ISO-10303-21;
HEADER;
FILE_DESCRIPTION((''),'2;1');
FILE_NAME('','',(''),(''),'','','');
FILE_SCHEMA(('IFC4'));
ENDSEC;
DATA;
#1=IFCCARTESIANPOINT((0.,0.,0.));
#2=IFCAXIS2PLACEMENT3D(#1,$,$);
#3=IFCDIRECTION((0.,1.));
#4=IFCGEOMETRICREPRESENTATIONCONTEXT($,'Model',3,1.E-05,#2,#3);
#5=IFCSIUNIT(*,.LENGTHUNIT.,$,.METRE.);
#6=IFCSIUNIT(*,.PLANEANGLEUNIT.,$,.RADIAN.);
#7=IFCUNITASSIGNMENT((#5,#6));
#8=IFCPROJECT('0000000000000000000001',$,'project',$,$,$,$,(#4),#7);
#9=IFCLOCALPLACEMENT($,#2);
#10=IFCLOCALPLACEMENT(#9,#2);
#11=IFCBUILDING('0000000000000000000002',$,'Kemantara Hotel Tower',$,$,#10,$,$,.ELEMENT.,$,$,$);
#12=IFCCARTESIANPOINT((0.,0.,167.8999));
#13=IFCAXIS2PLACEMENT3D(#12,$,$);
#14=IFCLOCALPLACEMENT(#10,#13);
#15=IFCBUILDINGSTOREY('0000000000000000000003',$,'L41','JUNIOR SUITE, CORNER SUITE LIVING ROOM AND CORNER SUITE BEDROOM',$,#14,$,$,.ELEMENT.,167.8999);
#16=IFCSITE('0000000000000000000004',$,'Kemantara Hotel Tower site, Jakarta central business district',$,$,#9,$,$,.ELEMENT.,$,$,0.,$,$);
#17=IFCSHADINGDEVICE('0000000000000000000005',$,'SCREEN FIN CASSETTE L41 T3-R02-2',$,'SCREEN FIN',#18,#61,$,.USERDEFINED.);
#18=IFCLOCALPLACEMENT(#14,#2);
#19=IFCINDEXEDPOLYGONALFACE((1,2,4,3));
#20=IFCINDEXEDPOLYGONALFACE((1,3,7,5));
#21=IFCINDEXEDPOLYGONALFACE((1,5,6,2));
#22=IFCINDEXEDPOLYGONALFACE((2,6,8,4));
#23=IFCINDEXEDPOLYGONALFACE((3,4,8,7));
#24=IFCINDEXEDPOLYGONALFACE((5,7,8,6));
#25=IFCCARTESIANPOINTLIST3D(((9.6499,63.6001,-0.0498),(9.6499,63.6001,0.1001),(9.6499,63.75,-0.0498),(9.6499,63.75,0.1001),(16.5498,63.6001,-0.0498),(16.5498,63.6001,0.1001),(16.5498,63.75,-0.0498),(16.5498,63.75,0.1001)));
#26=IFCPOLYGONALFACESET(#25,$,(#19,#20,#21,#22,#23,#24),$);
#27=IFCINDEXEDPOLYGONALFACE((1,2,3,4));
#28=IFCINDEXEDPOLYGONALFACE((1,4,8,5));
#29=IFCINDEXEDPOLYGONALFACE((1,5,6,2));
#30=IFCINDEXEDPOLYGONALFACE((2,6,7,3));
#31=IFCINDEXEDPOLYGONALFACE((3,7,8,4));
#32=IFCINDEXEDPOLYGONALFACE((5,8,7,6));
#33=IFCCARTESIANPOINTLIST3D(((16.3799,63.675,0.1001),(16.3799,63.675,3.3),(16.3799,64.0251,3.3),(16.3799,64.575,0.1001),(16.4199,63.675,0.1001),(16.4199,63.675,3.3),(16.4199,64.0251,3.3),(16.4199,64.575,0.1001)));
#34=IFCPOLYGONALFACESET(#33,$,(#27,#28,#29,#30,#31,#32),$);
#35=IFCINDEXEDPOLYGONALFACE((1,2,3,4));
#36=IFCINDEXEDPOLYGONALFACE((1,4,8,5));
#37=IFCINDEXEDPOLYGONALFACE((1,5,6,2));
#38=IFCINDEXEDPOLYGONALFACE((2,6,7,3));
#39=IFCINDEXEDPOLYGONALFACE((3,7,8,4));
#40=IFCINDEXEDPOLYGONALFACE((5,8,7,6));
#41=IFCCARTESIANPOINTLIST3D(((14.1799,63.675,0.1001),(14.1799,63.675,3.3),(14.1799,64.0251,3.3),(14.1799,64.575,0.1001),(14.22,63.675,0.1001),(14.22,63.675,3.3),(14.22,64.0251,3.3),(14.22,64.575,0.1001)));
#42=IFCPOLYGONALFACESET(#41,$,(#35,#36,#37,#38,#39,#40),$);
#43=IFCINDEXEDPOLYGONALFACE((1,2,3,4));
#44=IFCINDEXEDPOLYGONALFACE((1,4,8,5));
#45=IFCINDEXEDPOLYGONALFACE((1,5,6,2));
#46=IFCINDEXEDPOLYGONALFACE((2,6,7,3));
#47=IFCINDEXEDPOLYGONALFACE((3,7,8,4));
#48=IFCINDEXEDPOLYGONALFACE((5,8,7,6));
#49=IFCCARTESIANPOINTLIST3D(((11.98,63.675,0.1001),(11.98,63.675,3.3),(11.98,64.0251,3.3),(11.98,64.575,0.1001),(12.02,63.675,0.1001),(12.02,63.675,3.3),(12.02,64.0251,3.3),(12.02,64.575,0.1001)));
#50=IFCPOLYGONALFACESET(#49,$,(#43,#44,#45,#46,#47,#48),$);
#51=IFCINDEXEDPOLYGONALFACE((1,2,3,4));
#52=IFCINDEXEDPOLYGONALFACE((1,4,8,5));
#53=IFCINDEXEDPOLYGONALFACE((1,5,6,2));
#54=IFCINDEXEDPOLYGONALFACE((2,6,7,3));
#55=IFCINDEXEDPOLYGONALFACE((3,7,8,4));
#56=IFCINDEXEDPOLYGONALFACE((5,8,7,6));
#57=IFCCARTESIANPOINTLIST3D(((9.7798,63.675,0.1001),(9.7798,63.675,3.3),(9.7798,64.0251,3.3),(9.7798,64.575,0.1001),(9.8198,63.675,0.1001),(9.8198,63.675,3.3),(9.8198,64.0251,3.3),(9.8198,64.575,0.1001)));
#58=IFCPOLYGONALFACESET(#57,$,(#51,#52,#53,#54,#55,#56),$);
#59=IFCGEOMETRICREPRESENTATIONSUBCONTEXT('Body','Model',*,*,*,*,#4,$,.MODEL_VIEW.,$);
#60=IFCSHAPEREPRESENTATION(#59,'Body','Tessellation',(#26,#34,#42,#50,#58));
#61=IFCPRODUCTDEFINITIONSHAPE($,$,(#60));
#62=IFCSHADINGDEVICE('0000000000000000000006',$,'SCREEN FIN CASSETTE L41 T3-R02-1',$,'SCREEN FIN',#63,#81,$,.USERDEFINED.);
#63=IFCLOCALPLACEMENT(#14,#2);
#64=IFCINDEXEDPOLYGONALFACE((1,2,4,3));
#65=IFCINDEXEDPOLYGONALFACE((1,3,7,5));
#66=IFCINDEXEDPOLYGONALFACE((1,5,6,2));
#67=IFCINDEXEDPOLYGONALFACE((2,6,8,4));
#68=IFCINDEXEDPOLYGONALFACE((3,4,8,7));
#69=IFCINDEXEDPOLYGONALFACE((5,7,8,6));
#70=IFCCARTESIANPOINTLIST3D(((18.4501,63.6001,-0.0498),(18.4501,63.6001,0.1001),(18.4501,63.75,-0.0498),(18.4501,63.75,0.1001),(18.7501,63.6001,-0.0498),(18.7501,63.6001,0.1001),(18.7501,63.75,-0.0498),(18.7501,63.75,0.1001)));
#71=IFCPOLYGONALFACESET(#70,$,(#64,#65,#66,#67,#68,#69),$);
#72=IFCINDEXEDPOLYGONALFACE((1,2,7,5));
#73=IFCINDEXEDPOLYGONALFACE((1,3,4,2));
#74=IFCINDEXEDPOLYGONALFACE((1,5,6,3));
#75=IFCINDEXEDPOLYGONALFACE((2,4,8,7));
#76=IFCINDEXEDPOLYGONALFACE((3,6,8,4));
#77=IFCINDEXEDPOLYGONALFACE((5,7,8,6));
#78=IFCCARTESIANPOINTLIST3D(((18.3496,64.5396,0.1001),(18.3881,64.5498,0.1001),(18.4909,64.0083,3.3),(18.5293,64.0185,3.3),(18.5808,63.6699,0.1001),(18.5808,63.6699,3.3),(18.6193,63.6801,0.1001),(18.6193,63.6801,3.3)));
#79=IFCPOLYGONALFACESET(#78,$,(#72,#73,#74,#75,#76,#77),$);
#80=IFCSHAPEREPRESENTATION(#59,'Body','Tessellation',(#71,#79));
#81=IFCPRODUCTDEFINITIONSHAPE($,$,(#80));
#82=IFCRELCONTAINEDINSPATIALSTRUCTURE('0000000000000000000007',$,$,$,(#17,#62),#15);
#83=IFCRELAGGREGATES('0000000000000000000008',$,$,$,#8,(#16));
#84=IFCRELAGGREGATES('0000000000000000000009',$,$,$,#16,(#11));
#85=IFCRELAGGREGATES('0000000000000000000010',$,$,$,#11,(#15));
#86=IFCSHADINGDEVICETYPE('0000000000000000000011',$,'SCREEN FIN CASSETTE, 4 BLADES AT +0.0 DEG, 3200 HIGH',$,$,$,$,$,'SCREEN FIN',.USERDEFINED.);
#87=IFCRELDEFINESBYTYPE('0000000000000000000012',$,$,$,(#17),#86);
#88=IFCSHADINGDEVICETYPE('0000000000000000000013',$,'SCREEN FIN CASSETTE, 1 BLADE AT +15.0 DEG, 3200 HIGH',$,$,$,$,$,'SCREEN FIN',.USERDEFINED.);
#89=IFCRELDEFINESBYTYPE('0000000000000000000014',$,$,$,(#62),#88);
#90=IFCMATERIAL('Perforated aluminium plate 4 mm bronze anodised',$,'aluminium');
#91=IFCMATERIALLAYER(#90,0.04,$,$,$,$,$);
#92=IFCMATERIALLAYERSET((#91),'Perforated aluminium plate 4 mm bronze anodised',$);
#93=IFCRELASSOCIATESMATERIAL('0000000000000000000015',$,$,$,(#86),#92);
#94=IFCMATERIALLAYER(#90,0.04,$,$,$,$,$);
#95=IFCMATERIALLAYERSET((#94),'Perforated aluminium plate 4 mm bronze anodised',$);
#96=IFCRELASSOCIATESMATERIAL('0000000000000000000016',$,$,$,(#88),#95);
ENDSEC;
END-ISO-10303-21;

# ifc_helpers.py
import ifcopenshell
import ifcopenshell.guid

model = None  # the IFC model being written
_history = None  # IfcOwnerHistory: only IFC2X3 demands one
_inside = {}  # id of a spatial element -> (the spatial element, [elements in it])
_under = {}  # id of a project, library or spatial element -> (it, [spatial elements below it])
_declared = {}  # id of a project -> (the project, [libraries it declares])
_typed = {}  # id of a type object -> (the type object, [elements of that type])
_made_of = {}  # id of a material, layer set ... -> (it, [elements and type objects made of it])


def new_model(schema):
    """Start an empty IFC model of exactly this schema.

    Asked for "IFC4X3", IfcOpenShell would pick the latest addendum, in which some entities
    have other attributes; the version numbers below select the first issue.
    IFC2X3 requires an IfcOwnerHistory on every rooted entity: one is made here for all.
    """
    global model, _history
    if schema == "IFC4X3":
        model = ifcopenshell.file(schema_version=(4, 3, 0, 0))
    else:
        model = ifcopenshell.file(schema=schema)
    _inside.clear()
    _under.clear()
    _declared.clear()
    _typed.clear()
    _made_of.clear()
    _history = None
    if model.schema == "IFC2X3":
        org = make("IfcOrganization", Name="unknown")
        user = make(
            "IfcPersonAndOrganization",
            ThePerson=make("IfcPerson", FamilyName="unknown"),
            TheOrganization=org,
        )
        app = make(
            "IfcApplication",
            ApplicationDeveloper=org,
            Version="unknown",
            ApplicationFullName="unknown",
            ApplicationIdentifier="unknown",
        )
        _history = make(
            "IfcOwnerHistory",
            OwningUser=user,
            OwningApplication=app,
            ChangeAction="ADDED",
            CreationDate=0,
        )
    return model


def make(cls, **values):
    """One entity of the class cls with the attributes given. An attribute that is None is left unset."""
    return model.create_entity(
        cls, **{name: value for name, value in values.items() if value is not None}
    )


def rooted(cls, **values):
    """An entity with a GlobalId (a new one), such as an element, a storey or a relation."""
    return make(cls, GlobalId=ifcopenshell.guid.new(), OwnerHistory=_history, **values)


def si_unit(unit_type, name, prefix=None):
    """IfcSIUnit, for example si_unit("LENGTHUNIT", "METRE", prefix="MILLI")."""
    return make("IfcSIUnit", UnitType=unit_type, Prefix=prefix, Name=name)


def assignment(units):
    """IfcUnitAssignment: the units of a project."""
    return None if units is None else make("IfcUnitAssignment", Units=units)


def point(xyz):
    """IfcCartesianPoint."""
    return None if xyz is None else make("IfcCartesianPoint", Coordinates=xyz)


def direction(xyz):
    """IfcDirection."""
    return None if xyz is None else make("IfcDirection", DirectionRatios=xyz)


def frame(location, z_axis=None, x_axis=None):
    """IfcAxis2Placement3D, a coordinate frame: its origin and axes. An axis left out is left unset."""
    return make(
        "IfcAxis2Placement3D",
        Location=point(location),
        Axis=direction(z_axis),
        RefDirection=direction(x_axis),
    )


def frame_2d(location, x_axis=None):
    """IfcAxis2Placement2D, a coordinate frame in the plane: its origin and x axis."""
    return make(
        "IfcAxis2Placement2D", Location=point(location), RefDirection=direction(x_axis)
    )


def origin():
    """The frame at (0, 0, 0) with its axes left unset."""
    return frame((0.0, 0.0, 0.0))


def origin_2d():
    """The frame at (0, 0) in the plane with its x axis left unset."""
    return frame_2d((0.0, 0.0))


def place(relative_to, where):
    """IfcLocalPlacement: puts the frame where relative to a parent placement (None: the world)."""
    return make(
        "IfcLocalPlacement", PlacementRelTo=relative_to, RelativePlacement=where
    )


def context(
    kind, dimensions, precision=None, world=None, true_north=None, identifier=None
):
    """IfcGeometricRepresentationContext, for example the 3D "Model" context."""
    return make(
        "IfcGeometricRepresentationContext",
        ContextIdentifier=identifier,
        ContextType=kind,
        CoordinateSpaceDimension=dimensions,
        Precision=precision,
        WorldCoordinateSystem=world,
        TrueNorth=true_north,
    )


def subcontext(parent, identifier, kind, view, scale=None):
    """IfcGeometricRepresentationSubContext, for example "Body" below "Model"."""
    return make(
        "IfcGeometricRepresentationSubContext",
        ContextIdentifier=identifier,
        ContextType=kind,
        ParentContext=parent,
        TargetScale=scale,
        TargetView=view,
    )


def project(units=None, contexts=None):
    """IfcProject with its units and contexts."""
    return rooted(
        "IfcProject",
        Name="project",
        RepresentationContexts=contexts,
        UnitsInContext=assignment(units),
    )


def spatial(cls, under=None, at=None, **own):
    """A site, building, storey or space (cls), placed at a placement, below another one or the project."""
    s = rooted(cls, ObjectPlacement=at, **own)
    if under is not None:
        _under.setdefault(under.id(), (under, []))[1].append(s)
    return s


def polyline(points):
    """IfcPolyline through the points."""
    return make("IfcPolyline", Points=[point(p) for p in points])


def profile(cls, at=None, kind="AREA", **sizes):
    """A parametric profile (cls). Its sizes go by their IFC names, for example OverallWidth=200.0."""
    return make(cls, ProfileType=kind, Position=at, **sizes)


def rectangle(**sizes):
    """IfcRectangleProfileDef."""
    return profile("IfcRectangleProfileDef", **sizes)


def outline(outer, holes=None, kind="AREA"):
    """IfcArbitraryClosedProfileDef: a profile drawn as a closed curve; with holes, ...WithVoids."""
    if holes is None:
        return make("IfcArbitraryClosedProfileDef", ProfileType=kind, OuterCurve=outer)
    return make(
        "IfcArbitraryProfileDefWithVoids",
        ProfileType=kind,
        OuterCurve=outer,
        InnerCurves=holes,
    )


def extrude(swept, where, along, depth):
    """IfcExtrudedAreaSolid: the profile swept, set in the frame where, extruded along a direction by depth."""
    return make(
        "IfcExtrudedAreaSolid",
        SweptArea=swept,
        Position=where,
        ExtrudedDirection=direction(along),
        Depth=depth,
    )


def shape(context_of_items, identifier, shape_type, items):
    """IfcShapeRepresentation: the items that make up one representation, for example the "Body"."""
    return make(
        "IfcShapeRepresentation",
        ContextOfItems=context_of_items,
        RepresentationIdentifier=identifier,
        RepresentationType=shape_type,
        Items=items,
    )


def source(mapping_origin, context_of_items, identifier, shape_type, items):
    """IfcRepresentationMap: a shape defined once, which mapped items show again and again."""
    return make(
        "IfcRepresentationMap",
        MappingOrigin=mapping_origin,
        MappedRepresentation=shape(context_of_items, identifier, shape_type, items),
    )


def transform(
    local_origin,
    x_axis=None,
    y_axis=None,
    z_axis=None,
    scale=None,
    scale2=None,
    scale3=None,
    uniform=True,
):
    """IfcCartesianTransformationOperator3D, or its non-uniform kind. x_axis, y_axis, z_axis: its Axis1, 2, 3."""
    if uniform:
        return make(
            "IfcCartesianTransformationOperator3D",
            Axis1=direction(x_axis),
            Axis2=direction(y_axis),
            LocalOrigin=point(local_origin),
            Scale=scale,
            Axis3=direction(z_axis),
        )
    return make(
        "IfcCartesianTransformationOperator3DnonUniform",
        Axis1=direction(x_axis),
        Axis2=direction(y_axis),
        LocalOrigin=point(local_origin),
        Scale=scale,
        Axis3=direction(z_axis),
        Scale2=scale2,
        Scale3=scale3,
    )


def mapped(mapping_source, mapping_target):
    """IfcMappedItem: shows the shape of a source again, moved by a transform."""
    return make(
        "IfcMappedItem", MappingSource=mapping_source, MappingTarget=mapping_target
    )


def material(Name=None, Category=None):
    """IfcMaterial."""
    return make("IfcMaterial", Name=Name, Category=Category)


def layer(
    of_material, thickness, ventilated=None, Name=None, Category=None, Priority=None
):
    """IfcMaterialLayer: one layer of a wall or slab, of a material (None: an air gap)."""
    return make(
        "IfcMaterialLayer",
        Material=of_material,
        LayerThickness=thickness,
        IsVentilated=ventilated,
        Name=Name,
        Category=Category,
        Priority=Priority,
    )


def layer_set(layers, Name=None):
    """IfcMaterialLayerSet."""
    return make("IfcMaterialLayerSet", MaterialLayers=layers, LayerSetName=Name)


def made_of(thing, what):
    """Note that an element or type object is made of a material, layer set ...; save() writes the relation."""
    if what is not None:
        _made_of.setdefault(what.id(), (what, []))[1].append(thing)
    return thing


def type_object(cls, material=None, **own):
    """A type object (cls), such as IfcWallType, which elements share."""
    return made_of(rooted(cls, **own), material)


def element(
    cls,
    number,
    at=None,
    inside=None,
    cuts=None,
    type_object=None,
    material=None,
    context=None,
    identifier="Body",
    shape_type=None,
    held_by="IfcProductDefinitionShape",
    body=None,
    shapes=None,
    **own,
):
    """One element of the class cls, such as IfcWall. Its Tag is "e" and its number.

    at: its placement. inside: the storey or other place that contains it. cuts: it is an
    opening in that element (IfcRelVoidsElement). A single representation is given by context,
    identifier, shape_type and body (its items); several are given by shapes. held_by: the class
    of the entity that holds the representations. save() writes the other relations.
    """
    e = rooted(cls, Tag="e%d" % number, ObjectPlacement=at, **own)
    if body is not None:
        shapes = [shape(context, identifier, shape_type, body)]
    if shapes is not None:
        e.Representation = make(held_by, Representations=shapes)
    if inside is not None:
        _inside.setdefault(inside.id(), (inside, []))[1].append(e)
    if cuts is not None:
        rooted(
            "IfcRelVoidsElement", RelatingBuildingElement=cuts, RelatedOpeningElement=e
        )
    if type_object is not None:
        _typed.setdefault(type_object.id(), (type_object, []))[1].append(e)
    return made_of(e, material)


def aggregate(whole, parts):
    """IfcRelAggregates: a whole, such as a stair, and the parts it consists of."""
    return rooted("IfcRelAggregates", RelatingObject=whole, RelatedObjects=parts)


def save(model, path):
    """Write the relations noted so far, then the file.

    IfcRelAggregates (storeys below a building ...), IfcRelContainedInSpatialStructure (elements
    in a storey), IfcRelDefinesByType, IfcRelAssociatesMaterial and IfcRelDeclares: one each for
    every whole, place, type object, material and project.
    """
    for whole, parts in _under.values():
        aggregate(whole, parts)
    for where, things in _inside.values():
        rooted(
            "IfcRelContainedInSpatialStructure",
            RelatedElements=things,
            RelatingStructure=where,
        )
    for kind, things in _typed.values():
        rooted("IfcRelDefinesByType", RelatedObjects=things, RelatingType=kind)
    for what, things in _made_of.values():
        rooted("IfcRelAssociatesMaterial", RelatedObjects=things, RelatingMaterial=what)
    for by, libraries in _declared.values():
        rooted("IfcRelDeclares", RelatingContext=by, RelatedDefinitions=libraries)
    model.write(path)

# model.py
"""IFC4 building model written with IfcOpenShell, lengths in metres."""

from ifc_helpers import new_model, si_unit, direction, frame, origin, origin_2d, place, context, subcontext, project, spatial, polyline, rectangle, outline, extrude, source, transform, mapped, material, layer, layer_set, type_object, element, save


model = new_model("IFC4")

# Units and contexts
model_context = context("Model", 3, precision=1e-05, world=origin(), true_north=direction((0.0, 1.0)))
body_context = subcontext(model_context, "Body", "Model", "MODEL_VIEW")
ifc_project = project(units=[si_unit("LENGTHUNIT", "METRE"), si_unit("PLANEANGLEUNIT", "RADIAN")], contexts=[model_context])

# Site, building, storey
site_placement = place(None, origin())
site = spatial("IfcSite", under=ifc_project, at=site_placement, Name="Kemantara Hotel Tower site, Jakarta central business district", CompositionType="ELEMENT", RefElevation=0.0)
building_placement = place(site_placement, origin())
building = spatial("IfcBuilding", under=site, at=building_placement, Name="Kemantara Hotel Tower", CompositionType="ELEMENT")
storey_placement = place(building_placement, frame((0.0, 0.0, 167.8999)))
storey = spatial("IfcBuildingStorey", under=building, at=storey_placement, Name="L41", Description="JUNIOR SUITE, CORNER SUITE LIVING ROOM AND CORNER SUITE BEDROOM", CompositionType="ELEMENT", Elevation=167.8999)

# Shading devices
ifc_material_1 = material(Name="Perforated aluminium plate 4 mm bronze anodised", Category="aluminium")
ifc_layer_1 = layer(ifc_material_1, 0.04)
ifc_layer_set_1 = layer_set([ifc_layer_1], Name="Perforated aluminium plate 4 mm bronze anodised")
shading_device_type_1 = type_object("IfcShadingDeviceType", Name="SCREEN FIN CASSETTE, 4 BLADES AT +0.0 DEG, 3200 HIGH", ElementType="SCREEN FIN", PredefinedType="USERDEFINED", material=ifc_layer_set_1)
shared_shape_1 = source(origin(), body_context, "Body", "SweptSolid", [
    extrude(rectangle(XDim=6.8999, YDim=0.1499, at=origin_2d()), frame((3.3, -0.075, -0.1499), z_axis=(0.0, 0.0, 1.0), x_axis=(1.0, 0.0, 0.0)), (0.0, 0.0, 1.0), 0.1499),
    extrude(outline(polyline([(0.0, 0.0), (0.8999, 0.0), (0.3501, 3.2), (0.0, 3.2), (0.0, 0.0)])), frame((0.02, -0.075, 0.0), z_axis=(-1.0, 0.0, 0.0), x_axis=(0.0, -1.0, 0.0)), (0.0, 0.0, 1.0), 0.04),
    extrude(outline(polyline([(0.0, 0.0), (0.8999, 0.0), (0.3501, 3.2), (0.0, 3.2), (0.0, 0.0)])), frame((2.22, -0.075, 0.0), z_axis=(-1.0, 0.0, 0.0), x_axis=(0.0, -1.0, 0.0)), (0.0, 0.0, 1.0), 0.04),
    extrude(outline(polyline([(0.0, 0.0), (0.8999, 0.0), (0.3501, 3.2), (0.0, 3.2), (0.0, 0.0)])), frame((4.4199, -0.075, 0.0), z_axis=(-1.0, 0.0, 0.0), x_axis=(0.0, -1.0, 0.0)), (0.0, 0.0, 1.0), 0.04),
    extrude(outline(polyline([(0.0, 0.0), (0.8999, 0.0), (0.3501, 3.2), (0.0, 3.2), (0.0, 0.0)])), frame((6.6201, -0.075, 0.0), z_axis=(-1.0, 0.0, 0.0), x_axis=(0.0, -1.0, 0.0)), (0.0, 0.0, 1.0), 0.04),
])
shading_device_1_placement = place(storey_placement, frame((16.3999, 63.6001, 0.1001), z_axis=(0.0, 0.0, 1.0), x_axis=(-1.0, 0.0, 0.0)))
element("IfcShadingDevice", 1, at=shading_device_1_placement, inside=storey, type_object=shading_device_type_1, Name="SCREEN FIN CASSETTE L41 T3-R02-2", ObjectType="SCREEN FIN", PredefinedType="USERDEFINED", context=body_context, shape_type="MappedRepresentation", body=[
    mapped(shared_shape_1, transform((0.0, 0.0, 0.0))),
])
ifc_layer_2 = layer(ifc_material_1, 0.04)
ifc_layer_set_2 = layer_set([ifc_layer_2], Name="Perforated aluminium plate 4 mm bronze anodised")
shading_device_type_2 = type_object("IfcShadingDeviceType", Name="SCREEN FIN CASSETTE, 1 BLADE AT +15.0 DEG, 3200 HIGH", ElementType="SCREEN FIN", PredefinedType="USERDEFINED", material=ifc_layer_set_2)
shared_shape_2 = source(origin(), body_context, "Body", "SweptSolid", [
    extrude(rectangle(XDim=0.3, YDim=0.1499, at=origin_2d()), frame((0.0, -0.075, -0.1499), z_axis=(0.0, 0.0, 1.0), x_axis=(1.0, 0.0, 0.0)), (0.0, 0.0, 1.0), 0.1499),
    extrude(outline(polyline([(0.0, 0.0), (0.8999, 0.0), (0.3501, 3.2), (0.0, 3.2), (0.0, 0.0)])), frame((0.0193, -0.0698, 0.0), z_axis=(-0.966438, -0.256901, 0.0), x_axis=(0.256901, -0.966438, 0.0)), (0.0, 0.0, 1.0), 0.0398),
])
shading_device_2_placement = place(storey_placement, frame((18.6001, 63.6001, 0.1001), z_axis=(0.0, 0.0, 1.0), x_axis=(-1.0, 0.0, 0.0)))
element("IfcShadingDevice", 2, at=shading_device_2_placement, inside=storey, type_object=shading_device_type_2, Name="SCREEN FIN CASSETTE L41 T3-R02-1", ObjectType="SCREEN FIN", PredefinedType="USERDEFINED", context=body_context, shape_type="MappedRepresentation", body=[
    mapped(shared_shape_2, transform((0.0, 0.0, 0.0))),
])

save(model, "model.ifc")
